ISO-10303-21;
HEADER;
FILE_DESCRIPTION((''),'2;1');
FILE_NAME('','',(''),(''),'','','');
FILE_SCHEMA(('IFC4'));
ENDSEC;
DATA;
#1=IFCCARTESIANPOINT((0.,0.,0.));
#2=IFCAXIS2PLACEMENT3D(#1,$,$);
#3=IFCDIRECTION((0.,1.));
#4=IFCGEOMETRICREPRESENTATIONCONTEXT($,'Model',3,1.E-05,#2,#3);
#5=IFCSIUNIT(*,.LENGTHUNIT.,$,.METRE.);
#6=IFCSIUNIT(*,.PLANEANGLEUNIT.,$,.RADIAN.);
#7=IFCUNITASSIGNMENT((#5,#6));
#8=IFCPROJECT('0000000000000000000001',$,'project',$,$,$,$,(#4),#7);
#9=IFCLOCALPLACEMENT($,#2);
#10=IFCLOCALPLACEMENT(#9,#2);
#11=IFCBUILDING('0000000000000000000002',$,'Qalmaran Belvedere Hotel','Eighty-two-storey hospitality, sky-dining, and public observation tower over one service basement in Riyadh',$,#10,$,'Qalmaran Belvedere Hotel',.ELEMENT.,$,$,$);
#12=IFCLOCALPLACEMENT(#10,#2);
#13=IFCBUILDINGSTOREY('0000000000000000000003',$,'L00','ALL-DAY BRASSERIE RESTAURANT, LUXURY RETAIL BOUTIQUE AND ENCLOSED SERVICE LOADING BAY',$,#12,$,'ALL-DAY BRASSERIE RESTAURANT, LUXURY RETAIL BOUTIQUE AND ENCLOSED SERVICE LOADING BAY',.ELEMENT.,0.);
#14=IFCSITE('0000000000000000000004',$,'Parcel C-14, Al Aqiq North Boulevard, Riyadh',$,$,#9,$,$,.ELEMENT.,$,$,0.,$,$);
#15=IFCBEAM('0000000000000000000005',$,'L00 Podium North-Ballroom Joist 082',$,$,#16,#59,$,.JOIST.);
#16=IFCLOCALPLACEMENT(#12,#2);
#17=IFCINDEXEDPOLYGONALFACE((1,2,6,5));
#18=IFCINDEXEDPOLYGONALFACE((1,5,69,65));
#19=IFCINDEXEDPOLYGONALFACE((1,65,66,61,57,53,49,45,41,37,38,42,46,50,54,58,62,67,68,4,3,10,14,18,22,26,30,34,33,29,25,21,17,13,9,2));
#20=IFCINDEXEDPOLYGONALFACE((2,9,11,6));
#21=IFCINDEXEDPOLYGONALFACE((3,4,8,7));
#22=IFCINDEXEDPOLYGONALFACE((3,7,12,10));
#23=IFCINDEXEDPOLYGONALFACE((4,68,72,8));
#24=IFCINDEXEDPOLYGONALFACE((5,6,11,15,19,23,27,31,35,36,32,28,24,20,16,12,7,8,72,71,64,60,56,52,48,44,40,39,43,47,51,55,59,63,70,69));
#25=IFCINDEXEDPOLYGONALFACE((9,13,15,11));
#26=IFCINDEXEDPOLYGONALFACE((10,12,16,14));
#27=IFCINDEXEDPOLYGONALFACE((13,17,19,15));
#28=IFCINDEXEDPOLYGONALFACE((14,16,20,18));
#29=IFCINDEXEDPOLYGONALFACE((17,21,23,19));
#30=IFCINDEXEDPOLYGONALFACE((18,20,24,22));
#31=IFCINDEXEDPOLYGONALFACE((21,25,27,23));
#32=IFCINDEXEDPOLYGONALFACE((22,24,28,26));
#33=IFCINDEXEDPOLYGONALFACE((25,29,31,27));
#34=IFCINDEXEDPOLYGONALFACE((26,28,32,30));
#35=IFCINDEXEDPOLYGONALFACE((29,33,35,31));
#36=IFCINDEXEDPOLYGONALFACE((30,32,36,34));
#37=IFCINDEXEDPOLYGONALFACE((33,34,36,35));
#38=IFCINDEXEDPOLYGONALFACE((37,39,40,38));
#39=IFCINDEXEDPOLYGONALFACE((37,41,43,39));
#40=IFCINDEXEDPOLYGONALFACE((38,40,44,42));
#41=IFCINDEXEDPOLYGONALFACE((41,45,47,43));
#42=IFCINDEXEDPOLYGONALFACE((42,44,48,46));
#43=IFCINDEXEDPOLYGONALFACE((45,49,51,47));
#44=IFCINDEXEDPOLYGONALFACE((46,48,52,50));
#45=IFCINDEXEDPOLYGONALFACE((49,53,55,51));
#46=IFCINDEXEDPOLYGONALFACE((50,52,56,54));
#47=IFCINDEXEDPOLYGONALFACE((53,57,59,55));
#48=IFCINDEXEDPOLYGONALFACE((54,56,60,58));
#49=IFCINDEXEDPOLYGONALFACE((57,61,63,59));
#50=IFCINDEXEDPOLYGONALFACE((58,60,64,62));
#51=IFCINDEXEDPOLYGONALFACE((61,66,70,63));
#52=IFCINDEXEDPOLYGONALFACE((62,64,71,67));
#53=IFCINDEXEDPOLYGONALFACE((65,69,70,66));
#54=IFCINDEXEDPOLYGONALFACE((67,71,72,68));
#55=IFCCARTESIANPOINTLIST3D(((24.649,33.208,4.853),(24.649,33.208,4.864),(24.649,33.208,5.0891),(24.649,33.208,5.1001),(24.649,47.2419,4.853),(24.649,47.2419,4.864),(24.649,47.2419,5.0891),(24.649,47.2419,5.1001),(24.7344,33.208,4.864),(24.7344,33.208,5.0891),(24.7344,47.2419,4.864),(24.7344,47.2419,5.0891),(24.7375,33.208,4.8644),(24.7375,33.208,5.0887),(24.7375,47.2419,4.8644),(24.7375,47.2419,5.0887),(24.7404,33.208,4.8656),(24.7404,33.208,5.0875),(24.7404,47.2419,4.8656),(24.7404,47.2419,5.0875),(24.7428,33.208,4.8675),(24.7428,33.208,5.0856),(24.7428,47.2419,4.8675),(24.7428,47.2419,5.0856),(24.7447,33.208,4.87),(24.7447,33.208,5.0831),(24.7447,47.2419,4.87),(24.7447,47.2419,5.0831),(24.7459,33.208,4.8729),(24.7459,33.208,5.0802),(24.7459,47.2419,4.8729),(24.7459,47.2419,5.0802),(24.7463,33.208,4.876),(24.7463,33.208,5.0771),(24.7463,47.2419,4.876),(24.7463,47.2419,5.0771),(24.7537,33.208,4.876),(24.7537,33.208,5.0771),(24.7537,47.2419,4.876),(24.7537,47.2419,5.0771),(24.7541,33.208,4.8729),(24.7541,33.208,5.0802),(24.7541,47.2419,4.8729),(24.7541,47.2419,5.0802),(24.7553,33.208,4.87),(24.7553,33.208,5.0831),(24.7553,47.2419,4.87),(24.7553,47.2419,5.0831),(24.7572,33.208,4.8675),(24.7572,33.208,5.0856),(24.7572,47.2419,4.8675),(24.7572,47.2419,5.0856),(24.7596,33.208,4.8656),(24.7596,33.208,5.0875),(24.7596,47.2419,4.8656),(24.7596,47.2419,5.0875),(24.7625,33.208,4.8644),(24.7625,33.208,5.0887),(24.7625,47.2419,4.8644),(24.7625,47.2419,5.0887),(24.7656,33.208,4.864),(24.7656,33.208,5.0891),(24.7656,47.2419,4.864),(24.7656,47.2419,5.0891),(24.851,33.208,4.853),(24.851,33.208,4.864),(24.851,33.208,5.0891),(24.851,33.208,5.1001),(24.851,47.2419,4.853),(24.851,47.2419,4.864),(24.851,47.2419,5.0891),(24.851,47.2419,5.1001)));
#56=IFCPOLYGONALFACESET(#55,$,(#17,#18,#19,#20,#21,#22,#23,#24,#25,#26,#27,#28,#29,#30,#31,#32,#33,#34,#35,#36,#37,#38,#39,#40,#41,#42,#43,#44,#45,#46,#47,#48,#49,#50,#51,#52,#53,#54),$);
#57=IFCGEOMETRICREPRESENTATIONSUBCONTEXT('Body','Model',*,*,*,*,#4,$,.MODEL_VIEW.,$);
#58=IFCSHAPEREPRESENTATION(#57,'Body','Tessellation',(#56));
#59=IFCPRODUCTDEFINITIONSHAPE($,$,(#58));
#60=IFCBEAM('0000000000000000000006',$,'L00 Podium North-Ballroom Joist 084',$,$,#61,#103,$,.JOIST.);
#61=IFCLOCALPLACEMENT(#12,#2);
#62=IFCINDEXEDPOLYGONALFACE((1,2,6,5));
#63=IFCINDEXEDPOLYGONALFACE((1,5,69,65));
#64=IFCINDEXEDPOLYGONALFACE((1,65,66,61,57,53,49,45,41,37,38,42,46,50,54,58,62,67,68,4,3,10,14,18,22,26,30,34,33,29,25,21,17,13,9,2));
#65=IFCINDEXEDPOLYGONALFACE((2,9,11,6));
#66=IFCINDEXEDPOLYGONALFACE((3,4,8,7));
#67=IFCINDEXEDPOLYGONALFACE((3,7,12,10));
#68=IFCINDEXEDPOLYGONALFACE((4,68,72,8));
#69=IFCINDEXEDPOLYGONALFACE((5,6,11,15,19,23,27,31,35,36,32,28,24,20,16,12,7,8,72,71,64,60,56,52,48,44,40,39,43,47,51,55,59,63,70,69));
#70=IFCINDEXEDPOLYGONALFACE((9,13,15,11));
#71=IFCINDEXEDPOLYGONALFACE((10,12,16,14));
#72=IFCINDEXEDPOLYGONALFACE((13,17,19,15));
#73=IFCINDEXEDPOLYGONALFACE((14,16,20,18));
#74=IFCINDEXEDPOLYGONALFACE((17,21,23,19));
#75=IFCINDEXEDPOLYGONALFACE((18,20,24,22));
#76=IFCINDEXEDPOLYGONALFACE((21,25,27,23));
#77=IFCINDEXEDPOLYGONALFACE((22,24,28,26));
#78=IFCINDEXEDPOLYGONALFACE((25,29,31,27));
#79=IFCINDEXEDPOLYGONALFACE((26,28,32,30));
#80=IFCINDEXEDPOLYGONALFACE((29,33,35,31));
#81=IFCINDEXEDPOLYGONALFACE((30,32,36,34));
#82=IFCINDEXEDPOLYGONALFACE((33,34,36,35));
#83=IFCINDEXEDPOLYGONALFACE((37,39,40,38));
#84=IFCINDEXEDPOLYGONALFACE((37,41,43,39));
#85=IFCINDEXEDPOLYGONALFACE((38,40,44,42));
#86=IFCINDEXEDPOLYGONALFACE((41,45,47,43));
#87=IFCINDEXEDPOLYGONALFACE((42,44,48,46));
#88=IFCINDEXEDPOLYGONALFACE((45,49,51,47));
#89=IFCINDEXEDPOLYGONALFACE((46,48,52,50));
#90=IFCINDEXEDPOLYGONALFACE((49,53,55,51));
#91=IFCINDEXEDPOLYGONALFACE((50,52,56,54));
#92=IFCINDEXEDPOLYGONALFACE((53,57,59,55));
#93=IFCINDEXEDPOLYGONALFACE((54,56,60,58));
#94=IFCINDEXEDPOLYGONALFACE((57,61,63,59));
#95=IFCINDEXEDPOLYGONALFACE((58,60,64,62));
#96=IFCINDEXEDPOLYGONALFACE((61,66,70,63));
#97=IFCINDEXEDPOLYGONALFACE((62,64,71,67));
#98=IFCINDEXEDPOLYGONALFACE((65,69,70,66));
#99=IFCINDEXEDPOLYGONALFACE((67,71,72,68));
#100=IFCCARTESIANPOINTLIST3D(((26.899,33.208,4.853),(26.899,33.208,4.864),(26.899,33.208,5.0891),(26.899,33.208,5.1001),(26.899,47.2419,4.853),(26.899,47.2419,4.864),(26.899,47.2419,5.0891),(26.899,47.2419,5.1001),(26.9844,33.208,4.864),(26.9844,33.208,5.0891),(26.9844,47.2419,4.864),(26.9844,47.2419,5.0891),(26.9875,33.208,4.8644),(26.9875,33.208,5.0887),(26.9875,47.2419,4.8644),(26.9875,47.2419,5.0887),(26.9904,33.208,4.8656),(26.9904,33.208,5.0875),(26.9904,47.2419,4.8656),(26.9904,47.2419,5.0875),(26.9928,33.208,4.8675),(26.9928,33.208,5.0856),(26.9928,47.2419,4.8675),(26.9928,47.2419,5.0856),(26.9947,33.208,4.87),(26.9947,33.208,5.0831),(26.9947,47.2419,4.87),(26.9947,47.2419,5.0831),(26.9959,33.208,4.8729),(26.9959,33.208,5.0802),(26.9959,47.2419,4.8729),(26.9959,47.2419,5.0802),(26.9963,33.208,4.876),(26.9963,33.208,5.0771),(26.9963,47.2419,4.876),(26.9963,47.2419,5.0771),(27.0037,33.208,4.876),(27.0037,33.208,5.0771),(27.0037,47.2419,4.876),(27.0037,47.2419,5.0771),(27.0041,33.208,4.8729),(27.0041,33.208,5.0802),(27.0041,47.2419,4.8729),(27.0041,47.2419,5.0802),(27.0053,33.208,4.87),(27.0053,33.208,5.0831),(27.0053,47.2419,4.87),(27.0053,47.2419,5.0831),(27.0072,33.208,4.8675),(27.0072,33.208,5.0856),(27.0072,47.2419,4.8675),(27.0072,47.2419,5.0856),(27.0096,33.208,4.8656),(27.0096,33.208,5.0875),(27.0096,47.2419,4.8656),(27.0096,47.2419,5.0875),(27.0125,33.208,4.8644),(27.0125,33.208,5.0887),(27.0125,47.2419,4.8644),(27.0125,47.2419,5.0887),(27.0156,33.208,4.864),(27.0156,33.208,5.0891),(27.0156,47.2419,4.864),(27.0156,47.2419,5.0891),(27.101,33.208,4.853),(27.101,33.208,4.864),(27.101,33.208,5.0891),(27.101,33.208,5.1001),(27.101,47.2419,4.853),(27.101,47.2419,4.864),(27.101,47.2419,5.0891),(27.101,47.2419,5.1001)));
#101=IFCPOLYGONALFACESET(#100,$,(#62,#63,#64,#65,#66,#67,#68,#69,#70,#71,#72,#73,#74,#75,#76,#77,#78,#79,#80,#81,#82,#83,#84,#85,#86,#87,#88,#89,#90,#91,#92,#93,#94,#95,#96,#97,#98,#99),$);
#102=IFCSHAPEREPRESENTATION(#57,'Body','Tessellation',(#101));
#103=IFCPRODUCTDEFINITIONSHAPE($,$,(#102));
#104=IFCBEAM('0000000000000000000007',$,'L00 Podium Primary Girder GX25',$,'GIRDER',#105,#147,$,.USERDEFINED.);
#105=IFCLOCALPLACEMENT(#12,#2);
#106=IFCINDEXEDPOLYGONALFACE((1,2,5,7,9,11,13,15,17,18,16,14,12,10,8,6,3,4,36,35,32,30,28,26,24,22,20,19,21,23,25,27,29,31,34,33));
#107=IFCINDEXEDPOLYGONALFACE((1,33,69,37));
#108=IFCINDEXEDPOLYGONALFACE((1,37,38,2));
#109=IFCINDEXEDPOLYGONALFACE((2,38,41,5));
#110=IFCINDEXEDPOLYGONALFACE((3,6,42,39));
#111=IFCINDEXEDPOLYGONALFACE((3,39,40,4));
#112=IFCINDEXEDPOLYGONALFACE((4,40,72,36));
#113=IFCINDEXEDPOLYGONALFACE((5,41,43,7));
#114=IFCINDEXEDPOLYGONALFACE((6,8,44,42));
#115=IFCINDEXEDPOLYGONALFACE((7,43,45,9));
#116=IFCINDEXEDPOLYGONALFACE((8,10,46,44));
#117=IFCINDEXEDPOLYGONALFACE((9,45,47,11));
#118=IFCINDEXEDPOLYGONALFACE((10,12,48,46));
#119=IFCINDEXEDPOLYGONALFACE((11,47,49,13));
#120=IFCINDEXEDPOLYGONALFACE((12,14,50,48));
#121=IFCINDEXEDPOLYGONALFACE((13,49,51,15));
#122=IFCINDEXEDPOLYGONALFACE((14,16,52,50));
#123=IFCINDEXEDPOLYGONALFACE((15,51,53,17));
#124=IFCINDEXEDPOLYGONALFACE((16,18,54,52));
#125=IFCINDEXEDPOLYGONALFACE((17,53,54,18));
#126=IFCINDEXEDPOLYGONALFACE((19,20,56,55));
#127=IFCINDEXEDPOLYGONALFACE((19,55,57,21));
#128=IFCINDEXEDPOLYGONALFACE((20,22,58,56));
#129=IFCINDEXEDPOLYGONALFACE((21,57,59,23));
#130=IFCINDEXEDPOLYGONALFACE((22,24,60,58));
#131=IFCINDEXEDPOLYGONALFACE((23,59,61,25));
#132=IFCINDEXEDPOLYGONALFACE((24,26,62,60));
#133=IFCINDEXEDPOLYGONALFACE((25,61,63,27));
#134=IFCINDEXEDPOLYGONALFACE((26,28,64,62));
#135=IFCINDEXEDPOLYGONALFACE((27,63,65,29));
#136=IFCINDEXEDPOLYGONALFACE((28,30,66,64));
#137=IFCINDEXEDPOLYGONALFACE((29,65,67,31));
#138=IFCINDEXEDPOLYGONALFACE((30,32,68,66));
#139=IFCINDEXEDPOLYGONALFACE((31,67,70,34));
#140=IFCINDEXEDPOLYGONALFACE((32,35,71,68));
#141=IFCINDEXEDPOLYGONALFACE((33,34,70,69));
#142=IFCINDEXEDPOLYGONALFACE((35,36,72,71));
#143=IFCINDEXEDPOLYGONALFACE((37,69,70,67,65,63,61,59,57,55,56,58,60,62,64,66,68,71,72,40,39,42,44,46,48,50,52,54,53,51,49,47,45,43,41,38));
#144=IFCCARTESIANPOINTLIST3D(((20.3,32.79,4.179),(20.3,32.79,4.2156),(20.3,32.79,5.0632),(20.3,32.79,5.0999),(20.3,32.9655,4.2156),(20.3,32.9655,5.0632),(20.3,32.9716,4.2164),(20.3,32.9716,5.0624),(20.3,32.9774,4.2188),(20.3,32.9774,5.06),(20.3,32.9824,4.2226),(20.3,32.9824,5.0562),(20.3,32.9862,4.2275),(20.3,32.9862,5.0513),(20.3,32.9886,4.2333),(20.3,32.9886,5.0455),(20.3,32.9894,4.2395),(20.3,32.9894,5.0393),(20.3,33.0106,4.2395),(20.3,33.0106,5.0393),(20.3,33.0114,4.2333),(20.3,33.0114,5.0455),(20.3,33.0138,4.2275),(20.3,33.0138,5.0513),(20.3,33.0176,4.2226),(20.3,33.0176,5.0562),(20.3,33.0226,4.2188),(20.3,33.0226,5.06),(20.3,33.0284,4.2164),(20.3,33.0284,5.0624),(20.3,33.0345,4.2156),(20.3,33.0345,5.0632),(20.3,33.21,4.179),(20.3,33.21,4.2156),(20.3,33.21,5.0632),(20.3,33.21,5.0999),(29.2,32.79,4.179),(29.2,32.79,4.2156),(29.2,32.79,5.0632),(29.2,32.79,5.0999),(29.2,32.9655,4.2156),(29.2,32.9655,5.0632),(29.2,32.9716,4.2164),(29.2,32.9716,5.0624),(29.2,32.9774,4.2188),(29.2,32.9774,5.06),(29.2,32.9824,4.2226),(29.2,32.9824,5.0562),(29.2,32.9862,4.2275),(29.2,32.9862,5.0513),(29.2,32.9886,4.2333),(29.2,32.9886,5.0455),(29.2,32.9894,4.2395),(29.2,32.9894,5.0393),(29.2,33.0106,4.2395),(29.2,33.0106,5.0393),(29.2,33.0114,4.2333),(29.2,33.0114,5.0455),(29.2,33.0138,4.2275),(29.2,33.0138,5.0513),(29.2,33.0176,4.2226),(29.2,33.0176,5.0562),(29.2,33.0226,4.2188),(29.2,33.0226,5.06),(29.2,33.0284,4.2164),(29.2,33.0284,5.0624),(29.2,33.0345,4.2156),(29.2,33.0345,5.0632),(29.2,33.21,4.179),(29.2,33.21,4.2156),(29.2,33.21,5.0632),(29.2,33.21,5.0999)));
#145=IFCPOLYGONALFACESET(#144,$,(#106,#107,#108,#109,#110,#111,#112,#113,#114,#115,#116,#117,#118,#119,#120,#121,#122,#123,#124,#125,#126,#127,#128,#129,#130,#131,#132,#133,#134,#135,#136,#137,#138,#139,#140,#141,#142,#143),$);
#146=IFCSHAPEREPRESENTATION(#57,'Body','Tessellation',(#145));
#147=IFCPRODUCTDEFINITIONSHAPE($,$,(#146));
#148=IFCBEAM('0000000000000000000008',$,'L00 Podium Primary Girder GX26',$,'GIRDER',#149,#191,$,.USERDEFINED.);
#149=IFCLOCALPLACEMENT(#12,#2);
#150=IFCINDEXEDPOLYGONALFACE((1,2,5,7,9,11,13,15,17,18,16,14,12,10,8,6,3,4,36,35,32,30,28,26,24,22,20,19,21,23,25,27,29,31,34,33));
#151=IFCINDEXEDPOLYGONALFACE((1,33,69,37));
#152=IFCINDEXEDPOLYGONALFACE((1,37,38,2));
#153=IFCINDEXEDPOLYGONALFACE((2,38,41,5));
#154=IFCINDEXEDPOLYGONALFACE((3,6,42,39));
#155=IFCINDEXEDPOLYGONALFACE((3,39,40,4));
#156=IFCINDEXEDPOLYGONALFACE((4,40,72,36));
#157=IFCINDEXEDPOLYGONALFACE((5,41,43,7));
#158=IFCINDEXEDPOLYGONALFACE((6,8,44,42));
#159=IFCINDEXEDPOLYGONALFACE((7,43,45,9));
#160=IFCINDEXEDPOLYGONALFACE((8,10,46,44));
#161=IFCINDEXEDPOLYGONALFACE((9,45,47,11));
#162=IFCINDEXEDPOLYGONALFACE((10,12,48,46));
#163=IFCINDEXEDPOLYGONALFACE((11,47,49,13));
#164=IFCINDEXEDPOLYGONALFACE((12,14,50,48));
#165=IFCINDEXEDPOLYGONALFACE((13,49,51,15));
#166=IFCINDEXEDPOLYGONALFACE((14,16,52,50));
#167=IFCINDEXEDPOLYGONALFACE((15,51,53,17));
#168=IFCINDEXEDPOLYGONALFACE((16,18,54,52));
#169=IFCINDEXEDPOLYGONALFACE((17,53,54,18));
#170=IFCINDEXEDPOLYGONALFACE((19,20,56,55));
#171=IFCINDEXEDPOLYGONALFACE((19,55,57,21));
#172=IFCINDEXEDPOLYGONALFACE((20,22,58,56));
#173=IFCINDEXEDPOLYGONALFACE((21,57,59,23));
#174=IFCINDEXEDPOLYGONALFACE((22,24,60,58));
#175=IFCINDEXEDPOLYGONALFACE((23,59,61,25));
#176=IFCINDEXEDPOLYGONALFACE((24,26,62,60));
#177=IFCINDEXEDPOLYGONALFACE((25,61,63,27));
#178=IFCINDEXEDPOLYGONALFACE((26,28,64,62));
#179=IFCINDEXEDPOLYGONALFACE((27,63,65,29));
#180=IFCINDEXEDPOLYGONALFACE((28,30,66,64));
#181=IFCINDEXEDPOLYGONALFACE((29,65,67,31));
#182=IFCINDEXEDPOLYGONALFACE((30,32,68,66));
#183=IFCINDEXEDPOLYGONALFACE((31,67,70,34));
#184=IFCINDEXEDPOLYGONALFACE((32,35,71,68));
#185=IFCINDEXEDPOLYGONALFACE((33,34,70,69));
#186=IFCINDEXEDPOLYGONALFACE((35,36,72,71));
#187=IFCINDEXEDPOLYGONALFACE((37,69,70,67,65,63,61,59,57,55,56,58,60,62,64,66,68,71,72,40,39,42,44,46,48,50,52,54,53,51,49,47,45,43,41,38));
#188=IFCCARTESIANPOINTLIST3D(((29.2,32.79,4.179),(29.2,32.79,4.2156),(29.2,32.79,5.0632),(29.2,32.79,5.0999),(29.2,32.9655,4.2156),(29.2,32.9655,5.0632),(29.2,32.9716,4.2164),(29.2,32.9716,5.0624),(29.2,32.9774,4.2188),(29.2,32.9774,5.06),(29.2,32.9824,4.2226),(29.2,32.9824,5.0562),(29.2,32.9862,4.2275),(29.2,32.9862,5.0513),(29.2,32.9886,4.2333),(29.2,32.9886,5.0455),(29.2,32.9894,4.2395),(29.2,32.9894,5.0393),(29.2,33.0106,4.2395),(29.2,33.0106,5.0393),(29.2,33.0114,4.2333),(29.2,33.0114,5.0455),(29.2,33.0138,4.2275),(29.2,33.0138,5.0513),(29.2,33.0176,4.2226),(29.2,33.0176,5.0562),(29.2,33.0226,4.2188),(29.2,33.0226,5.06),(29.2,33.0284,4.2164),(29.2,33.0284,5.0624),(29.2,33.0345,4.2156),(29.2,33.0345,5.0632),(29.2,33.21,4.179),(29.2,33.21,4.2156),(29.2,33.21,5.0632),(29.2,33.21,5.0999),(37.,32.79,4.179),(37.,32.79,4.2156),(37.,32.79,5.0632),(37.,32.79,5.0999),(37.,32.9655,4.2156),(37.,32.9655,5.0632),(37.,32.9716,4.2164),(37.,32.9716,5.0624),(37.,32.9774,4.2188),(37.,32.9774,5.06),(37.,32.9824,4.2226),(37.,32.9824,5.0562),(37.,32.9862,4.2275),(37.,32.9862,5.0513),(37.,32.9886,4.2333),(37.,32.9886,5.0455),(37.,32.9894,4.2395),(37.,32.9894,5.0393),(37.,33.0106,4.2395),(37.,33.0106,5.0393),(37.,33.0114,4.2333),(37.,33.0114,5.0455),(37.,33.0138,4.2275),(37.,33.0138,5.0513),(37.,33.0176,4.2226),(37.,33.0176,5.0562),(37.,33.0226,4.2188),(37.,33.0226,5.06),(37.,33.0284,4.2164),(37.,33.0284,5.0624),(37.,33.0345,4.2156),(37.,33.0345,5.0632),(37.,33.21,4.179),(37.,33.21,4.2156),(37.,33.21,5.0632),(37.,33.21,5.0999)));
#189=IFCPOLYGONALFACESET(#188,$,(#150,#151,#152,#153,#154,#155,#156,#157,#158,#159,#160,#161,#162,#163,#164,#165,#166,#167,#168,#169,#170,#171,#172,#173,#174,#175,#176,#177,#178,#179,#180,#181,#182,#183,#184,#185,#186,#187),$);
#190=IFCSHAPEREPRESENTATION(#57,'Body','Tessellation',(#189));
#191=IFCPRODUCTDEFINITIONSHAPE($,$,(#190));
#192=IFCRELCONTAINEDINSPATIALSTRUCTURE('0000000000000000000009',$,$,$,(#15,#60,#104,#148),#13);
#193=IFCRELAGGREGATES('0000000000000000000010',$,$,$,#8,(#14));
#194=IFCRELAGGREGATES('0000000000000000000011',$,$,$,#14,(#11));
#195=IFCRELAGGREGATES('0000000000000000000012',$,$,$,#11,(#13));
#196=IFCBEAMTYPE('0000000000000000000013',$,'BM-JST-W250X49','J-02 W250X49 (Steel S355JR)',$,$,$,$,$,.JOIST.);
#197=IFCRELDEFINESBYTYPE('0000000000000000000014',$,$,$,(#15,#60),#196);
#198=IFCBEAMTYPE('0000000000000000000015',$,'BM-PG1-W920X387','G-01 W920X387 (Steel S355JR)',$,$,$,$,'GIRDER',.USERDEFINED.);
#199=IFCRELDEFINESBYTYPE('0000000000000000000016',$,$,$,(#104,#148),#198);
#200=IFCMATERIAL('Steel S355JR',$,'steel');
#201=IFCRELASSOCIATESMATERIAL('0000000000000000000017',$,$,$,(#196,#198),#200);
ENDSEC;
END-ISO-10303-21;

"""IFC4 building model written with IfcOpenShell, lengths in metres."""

from ifc_helpers import new_model, si_unit, direction, frame, origin, origin_2d, place, context, subcontext, project, spatial, i_section, extrude, material, material_profile, profile_set, type_object, element, save


model = new_model("IFC4")

# Units and contexts
model_context = context("Model", 3, precision=1e-05, world=origin(), true_north=direction((0.0, 1.0)))
body_context = subcontext(model_context, "Body", "Model", "MODEL_VIEW")
ifc_project = project(units=[si_unit("LENGTHUNIT", "METRE"), si_unit("PLANEANGLEUNIT", "RADIAN")], contexts=[model_context])

# Site, building, storey
site_placement = place(None, origin())
site = spatial("IfcSite", under=ifc_project, at=site_placement, Name="Parcel C-14, Al Aqiq North Boulevard, Riyadh", CompositionType="ELEMENT", RefElevation=0.0)
building_placement = place(site_placement, origin())
building = spatial("IfcBuilding", under=site, at=building_placement, Name="Qalmaran Belvedere Hotel", Description="Eighty-two-storey hospitality, sky-dining, and public observation tower over one service basement in Riyadh", LongName="Qalmaran Belvedere Hotel", CompositionType="ELEMENT")
storey_placement = place(building_placement, origin())
storey = spatial("IfcBuildingStorey", under=building, at=storey_placement, Name="L00", Description="ALL-DAY BRASSERIE RESTAURANT, LUXURY RETAIL BOUTIQUE AND ENCLOSED SERVICE LOADING BAY", LongName="ALL-DAY BRASSERIE RESTAURANT, LUXURY RETAIL BOUTIQUE AND ENCLOSED SERVICE LOADING BAY", CompositionType="ELEMENT", Elevation=0.0)

# Beams
ifc_material_1 = material(Name="Steel S355JR", Category="steel")
ifc_material_profile_1 = material_profile(ifc_material_1, i_section(OverallWidth=0.2019, OverallDepth=0.2471, WebThickness=0.0073, FlangeThickness=0.011, FilletRadius=0.012, at=origin_2d()), Name="W250X49")
ifc_profile_set_1 = profile_set([ifc_material_profile_1], Name="Steel S355JR")
beam_type_1 = type_object("IfcBeamType", Name="BM-JST-W250X49", Description="J-02 W250X49 (Steel S355JR)", PredefinedType="JOIST", material=ifc_profile_set_1)
for number, where, z_axis, x_axis, name in (
    (1, (24.75, 33.208, 4.9766), (0.0, 1.0, 0.0), (-1.0, 0.0, 0.0), "L00 Podium North-Ballroom Joist 082"),
    (2, (27.0, 33.208, 4.9766), (0.0, 1.0, 0.0), (-1.0, 0.0, 0.0), "L00 Podium North-Ballroom Joist 084"),
):
    element("IfcBeam", number, at=place(storey_placement, frame(where, z_axis=z_axis, x_axis=x_axis)), inside=storey, type_object=beam_type_1, Name=name, PredefinedType="JOIST", context=body_context, shape_type="SweptSolid", body=[
        extrude(i_section(OverallWidth=0.2019, OverallDepth=0.2471, WebThickness=0.0073, FlangeThickness=0.011, FilletRadius=0.012, at=origin_2d()), origin(), (0.0, 0.0, 1.0), 14.0339),
    ])
ifc_material_profile_2 = material_profile(ifc_material_1, i_section(OverallWidth=0.4199, OverallDepth=0.9209, WebThickness=0.0212, FlangeThickness=0.0366, FilletRadius=0.0239, at=origin_2d()), Name="W920X387")
ifc_profile_set_2 = profile_set([ifc_material_profile_2], Name="Steel S355JR")
beam_type_2 = type_object("IfcBeamType", Name="BM-PG1-W920X387", Description="G-01 W920X387 (Steel S355JR)", ElementType="GIRDER", PredefinedType="USERDEFINED", material=ifc_profile_set_2)
beam_1_placement = place(storey_placement, frame((20.3, 33.0, 4.6394), z_axis=(1.0, 0.0, 0.0), x_axis=(0.0, 1.0, 0.0)))
element("IfcBeam", 3, at=beam_1_placement, inside=storey, type_object=beam_type_2, Name="L00 Podium Primary Girder GX25", ObjectType="GIRDER", PredefinedType="USERDEFINED", context=body_context, shape_type="SweptSolid", body=[
    extrude(i_section(OverallWidth=0.4199, OverallDepth=0.9209, WebThickness=0.0212, FlangeThickness=0.0366, FilletRadius=0.0239, at=origin_2d()), origin(), (0.0, 0.0, 1.0), 8.8999),
])
beam_2_placement = place(storey_placement, frame((29.2, 33.0, 4.6394), z_axis=(1.0, 0.0, 0.0), x_axis=(0.0, 1.0, 0.0)))
element("IfcBeam", 4, at=beam_2_placement, inside=storey, type_object=beam_type_2, Name="L00 Podium Primary Girder GX26", ObjectType="GIRDER", PredefinedType="USERDEFINED", context=body_context, shape_type="SweptSolid", body=[
    extrude(i_section(OverallWidth=0.4199, OverallDepth=0.9209, WebThickness=0.0212, FlangeThickness=0.0366, FilletRadius=0.0239, at=origin_2d()), origin(), (0.0, 0.0, 1.0), 7.8),
])

save(model, "model.ifc")
